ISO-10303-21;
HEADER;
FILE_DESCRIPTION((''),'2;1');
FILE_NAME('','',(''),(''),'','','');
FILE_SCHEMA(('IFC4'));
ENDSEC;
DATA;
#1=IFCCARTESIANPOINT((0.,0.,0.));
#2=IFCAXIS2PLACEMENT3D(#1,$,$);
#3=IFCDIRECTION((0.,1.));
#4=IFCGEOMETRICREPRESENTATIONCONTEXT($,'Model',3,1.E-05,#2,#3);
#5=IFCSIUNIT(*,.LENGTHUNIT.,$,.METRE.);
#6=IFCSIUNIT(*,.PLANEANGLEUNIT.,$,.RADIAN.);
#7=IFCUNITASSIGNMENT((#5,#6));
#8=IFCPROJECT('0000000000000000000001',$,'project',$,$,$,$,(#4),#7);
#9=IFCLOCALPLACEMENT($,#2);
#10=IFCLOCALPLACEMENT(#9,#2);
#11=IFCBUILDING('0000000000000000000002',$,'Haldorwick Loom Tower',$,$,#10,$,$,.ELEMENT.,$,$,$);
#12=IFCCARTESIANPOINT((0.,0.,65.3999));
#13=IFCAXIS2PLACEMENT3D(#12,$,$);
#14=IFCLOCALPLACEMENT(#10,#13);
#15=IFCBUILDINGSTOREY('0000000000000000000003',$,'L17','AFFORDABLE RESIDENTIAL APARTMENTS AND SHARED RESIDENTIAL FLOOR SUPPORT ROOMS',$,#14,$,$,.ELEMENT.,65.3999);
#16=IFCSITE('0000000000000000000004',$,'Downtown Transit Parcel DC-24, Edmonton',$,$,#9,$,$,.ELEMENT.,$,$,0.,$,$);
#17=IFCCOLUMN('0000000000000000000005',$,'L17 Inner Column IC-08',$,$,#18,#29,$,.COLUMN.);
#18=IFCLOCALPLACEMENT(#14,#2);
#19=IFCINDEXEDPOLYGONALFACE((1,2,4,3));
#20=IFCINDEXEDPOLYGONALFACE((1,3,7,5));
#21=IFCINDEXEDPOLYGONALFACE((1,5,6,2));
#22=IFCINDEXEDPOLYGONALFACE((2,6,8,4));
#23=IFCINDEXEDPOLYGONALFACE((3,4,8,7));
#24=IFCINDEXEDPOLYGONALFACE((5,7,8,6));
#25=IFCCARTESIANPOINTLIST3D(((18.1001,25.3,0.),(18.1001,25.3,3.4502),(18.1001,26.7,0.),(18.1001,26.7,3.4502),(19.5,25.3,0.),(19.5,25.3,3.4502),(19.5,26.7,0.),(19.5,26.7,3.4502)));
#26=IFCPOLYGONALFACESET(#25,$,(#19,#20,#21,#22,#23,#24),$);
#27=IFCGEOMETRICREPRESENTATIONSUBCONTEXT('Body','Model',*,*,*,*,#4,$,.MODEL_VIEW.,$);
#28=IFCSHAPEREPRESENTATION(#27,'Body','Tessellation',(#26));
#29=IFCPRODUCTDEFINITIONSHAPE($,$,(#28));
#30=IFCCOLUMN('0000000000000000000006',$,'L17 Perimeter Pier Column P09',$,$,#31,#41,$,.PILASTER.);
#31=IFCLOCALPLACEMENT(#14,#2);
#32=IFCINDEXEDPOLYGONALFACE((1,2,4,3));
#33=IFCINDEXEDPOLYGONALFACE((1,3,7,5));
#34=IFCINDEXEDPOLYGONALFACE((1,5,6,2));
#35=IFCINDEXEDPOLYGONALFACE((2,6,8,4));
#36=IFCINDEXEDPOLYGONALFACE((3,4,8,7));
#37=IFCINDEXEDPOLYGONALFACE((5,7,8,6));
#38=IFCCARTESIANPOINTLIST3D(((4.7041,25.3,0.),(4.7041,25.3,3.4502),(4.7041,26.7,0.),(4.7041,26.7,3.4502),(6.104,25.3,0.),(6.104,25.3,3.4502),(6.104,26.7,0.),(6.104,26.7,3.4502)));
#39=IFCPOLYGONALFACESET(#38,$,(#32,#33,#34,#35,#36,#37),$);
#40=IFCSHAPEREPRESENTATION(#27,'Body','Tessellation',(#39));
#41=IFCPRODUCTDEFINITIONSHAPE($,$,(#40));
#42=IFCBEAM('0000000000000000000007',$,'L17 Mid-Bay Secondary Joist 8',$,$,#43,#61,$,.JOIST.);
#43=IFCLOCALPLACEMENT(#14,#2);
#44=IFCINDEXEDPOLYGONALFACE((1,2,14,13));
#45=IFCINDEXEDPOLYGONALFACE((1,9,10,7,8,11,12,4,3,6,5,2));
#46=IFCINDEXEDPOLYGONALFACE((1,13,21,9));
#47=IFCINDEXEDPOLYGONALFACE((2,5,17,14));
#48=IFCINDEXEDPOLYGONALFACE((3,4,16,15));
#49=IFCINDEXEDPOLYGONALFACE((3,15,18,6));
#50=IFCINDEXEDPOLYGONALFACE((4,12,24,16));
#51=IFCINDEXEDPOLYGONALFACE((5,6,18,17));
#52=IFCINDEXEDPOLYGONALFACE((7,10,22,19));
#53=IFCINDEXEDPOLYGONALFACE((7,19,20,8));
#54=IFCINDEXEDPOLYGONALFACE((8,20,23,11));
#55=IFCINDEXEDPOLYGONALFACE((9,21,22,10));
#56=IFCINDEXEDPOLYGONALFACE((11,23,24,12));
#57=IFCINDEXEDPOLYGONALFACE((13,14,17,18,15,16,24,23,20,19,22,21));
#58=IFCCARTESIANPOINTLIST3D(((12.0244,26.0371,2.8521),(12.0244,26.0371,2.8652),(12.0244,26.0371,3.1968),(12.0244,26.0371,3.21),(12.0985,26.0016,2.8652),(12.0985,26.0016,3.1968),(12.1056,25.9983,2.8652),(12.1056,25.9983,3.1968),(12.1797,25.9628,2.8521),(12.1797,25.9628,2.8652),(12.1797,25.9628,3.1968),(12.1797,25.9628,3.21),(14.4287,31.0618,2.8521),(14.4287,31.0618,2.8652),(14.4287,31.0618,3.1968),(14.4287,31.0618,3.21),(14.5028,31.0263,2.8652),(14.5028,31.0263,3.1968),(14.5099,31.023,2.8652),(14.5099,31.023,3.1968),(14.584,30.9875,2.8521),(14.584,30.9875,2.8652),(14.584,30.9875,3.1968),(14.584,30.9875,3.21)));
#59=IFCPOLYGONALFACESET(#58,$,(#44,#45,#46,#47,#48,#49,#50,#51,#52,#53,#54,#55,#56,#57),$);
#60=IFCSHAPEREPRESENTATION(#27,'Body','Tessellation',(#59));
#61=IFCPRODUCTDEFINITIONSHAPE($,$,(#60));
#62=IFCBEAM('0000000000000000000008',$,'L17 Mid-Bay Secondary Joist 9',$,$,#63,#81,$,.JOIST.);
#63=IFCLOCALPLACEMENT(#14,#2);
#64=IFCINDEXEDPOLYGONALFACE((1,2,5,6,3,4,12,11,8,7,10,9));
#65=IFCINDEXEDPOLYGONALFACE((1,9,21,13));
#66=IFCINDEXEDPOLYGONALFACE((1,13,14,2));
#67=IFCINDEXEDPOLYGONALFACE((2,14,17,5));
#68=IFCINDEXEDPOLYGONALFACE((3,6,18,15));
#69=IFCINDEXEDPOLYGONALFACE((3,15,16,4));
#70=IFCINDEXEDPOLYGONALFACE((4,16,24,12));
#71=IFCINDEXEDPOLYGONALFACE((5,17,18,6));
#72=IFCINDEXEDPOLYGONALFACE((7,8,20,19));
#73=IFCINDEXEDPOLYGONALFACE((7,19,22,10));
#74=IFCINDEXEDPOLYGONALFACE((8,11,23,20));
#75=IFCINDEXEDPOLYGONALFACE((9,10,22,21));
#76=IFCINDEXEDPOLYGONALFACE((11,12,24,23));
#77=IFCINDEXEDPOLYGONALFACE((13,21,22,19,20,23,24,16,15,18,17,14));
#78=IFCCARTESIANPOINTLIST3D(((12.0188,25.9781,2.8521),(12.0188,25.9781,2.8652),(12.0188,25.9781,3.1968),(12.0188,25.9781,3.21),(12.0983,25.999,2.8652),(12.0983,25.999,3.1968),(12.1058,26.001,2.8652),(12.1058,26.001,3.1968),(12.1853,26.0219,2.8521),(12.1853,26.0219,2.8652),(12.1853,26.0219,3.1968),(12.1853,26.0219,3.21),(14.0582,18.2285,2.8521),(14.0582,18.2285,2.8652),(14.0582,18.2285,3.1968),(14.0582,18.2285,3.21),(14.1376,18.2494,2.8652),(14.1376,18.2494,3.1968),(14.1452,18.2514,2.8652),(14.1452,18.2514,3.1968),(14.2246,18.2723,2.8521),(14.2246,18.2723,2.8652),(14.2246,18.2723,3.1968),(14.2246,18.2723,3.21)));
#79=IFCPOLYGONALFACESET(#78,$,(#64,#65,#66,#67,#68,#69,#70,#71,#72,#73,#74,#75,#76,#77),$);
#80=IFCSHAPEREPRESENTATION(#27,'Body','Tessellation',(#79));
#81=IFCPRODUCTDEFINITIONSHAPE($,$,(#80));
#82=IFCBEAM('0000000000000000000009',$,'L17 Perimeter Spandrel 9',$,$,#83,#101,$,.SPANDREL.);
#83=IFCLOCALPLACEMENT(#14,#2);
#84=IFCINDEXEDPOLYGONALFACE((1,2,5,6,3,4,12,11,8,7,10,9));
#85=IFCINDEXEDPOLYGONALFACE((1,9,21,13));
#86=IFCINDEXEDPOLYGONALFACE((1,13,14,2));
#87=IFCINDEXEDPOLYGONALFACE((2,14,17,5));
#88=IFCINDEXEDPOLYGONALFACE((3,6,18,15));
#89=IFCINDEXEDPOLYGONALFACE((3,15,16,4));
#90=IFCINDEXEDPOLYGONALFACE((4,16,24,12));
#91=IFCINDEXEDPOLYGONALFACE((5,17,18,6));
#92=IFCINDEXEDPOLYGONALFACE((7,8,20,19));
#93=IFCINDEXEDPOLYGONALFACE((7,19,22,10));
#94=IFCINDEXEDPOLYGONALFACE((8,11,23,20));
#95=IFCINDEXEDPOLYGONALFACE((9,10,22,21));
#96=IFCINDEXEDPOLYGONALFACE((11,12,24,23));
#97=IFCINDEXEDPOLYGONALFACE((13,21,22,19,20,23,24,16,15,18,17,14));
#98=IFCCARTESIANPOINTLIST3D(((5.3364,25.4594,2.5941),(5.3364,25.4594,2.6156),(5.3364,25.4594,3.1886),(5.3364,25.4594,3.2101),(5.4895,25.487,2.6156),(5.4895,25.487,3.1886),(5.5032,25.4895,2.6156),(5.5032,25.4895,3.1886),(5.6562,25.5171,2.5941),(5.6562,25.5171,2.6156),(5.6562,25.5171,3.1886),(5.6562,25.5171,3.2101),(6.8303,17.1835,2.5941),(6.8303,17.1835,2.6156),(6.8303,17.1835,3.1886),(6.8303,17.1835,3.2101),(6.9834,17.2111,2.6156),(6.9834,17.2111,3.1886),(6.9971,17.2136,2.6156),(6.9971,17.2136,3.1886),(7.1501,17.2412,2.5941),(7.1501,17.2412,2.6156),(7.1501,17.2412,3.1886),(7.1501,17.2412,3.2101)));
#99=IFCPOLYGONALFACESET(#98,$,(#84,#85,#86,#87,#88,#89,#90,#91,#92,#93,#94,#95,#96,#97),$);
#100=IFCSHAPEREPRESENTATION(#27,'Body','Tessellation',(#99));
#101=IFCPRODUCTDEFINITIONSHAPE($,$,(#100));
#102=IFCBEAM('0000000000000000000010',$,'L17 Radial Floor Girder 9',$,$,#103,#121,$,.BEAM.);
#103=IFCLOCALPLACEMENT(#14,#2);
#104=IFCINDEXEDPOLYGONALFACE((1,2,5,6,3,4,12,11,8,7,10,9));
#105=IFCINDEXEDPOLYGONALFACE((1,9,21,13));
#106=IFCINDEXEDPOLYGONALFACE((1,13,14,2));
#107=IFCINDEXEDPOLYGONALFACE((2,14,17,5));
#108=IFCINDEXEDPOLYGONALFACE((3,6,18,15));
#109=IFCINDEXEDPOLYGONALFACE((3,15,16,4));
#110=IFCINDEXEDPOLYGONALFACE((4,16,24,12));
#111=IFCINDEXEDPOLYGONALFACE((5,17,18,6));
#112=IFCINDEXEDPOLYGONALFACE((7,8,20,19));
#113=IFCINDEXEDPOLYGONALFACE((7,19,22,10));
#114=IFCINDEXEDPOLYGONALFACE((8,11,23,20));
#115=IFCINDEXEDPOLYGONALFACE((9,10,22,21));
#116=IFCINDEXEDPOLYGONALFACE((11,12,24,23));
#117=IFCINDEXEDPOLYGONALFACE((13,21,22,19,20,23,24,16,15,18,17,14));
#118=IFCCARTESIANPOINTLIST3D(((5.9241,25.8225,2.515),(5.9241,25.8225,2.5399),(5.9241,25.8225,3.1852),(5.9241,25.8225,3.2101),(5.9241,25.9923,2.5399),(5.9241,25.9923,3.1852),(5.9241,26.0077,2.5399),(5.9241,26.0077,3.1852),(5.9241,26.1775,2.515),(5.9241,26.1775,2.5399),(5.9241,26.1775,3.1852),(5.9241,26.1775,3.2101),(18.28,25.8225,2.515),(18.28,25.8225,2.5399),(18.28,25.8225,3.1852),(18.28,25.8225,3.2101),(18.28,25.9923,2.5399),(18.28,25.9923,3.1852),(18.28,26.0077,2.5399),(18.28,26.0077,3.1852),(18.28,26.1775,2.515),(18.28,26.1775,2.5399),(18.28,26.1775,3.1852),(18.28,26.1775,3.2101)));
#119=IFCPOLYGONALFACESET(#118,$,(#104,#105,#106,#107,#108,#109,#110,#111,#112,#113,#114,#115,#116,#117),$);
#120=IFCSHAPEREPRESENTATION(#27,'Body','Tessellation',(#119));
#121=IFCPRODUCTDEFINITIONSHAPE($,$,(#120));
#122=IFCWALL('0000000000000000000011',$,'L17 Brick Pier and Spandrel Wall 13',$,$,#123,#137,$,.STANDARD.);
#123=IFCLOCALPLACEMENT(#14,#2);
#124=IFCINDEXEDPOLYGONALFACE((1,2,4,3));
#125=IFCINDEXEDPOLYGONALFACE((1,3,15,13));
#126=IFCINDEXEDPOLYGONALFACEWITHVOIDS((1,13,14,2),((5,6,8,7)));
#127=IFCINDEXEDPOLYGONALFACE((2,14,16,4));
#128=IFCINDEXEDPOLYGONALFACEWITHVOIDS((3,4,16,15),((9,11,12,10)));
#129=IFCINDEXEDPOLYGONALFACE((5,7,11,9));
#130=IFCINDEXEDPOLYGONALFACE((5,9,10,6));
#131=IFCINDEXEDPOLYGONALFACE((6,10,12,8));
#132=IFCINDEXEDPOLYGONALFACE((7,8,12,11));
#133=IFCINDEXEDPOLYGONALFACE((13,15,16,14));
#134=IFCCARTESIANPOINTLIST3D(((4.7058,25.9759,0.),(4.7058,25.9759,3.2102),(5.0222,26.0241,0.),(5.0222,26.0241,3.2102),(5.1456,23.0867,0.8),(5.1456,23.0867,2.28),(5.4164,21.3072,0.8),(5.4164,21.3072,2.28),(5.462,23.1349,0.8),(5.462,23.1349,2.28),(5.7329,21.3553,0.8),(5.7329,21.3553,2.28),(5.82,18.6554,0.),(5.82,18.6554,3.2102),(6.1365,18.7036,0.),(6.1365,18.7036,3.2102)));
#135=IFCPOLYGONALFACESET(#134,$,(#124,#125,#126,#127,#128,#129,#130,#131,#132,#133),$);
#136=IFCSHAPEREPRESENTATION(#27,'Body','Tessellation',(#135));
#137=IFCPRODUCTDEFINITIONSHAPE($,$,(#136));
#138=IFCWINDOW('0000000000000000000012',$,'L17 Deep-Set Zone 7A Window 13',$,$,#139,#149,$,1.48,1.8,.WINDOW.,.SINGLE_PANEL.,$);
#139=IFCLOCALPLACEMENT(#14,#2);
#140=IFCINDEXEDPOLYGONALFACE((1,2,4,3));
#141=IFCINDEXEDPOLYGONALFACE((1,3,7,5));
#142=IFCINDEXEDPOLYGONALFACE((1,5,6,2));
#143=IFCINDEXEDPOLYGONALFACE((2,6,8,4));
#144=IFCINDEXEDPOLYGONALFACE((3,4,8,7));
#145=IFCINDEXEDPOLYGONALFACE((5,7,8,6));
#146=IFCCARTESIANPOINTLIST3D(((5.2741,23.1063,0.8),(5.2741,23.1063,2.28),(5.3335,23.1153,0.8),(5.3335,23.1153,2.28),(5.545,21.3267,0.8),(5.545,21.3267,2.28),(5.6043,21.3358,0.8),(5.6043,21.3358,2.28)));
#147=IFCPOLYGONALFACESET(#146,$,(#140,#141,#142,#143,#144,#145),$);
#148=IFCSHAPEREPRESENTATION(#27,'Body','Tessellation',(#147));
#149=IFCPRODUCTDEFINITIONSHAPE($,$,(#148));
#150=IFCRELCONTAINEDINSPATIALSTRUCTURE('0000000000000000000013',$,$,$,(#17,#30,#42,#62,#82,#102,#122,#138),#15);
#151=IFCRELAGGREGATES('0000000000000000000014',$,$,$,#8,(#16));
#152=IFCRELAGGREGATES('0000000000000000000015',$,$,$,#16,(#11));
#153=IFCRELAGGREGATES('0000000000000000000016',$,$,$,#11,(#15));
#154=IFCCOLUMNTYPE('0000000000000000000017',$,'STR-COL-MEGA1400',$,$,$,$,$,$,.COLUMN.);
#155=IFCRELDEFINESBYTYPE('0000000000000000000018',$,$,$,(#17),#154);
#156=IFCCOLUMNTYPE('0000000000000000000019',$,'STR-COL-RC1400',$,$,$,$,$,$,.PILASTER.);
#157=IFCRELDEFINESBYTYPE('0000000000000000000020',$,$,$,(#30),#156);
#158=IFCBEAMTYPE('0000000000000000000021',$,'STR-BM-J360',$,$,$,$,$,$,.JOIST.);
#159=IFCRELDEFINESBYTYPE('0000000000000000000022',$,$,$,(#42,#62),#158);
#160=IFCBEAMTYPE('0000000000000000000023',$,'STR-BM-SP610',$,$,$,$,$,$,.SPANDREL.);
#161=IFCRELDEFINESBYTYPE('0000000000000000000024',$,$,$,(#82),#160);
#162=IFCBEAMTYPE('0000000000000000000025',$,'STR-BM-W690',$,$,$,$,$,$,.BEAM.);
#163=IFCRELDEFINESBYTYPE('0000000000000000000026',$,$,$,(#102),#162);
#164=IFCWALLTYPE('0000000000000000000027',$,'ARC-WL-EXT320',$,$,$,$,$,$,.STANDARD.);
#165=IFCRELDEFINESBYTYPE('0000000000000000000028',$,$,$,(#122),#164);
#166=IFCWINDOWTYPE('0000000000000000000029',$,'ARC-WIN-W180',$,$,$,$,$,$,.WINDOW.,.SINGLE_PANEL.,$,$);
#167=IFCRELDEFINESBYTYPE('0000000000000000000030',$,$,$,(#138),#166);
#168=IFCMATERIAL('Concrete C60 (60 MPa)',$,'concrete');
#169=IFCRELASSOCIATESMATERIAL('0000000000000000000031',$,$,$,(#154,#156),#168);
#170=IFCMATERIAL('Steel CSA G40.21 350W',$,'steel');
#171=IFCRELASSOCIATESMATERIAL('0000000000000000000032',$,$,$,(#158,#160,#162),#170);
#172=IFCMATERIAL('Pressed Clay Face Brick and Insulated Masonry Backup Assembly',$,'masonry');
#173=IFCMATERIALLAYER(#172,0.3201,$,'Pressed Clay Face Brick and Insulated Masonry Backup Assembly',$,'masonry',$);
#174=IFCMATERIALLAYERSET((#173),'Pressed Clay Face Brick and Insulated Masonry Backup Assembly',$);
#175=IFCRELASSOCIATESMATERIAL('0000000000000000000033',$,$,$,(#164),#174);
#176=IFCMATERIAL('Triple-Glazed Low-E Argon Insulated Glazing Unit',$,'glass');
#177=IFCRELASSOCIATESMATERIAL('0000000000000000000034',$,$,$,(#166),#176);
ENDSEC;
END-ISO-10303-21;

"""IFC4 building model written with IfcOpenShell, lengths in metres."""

from ifc_helpers import new_model, si_unit, direction, frame, frame_2d, origin, origin_2d, place, context, subcontext, project, spatial, rectangle, i_section, extrude, material, layer, layer_set, material_profile, profile_set, type_object, element, fill, save


model = new_model("IFC4")

# Units and contexts
model_context = context("Model", 3, precision=1e-05, world=origin(), true_north=direction((0.0, 1.0)))
body_context = subcontext(model_context, "Body", "Model", "MODEL_VIEW")
ifc_project = project(units=[si_unit("LENGTHUNIT", "METRE"), si_unit("PLANEANGLEUNIT", "RADIAN")], contexts=[model_context])

# Site, building, storey
site_placement = place(None, origin())
site = spatial("IfcSite", under=ifc_project, at=site_placement, Name="Downtown Transit Parcel DC-24, Edmonton", CompositionType="ELEMENT", RefElevation=0.0)
building_placement = place(site_placement, origin())
building = spatial("IfcBuilding", under=site, at=building_placement, Name="Haldorwick Loom Tower", CompositionType="ELEMENT")
storey_placement = place(building_placement, frame((0.0, 0.0, 65.3999)))
storey = spatial("IfcBuildingStorey", under=building, at=storey_placement, Name="L17", Description="AFFORDABLE RESIDENTIAL APARTMENTS AND SHARED RESIDENTIAL FLOOR SUPPORT ROOMS", CompositionType="ELEMENT", Elevation=65.3999)

# Columns
ifc_material_1 = material(Name="Concrete C60 (60 MPa)", Category="concrete")
ifc_material_profile_1 = material_profile(ifc_material_1, rectangle(XDim=1.3999, YDim=1.3999, at=origin_2d()), Name="RC1400X1400", Category="concrete")
ifc_profile_set_1 = profile_set([ifc_material_profile_1], Name="Concrete C60 (60 MPa)")
column_type_1 = type_object("IfcColumnType", Name="STR-COL-MEGA1400", PredefinedType="COLUMN", material=ifc_profile_set_1)
column_1_placement = place(storey_placement, frame((18.8, 26.0, 0.0), z_axis=(0.0, 0.0, 1.0), x_axis=(1.0, 0.0, 0.0)))
element("IfcColumn", 1, at=column_1_placement, inside=storey, type_object=column_type_1, Name="L17 Inner Column IC-08", PredefinedType="COLUMN", context=body_context, shape_type="SweptSolid", body=[
    extrude(rectangle(XDim=1.3999, YDim=1.3999, at=origin_2d()), origin(), (0.0, 0.0, 1.0), 3.4502),
])
ifc_material_profile_2 = material_profile(ifc_material_1, rectangle(XDim=1.3999, YDim=1.3999, at=origin_2d()), Name="RC1400X1400", Category="concrete")
ifc_profile_set_2 = profile_set([ifc_material_profile_2], Name="Concrete C60 (60 MPa)")
column_type_2 = type_object("IfcColumnType", Name="STR-COL-RC1400", PredefinedType="PILASTER", material=ifc_profile_set_2)
column_2_placement = place(storey_placement, frame((5.4041, 26.0, 0.0), z_axis=(0.0, 0.0, 1.0), x_axis=(-1.0, 0.0, 0.0)))
element("IfcColumn", 2, at=column_2_placement, inside=storey, type_object=column_type_2, Name="L17 Perimeter Pier Column P09", PredefinedType="PILASTER", context=body_context, shape_type="SweptSolid", body=[
    extrude(rectangle(XDim=1.3999, YDim=1.3999, at=origin_2d()), origin(), (0.0, 0.0, 1.0), 3.4502),
])

# Beams
ifc_material_2 = material(Name="Steel CSA G40.21 350W", Category="steel")
ifc_material_profile_3 = material_profile(ifc_material_2, i_section(OverallWidth=0.1721, OverallDepth=0.3579, WebThickness=0.0078, FlangeThickness=0.0132, at=origin_2d()), Name="W360X57", Category="steel")
ifc_profile_set_3 = profile_set([ifc_material_profile_3], Name="Steel CSA G40.21 350W")
beam_type_1 = type_object("IfcBeamType", Name="STR-BM-J360", PredefinedType="JOIST", material=ifc_profile_set_3)
beam_1_placement = place(storey_placement, frame((14.5063, 31.0247, 3.031), z_axis=(-0.431631, -0.90205, 0.0), x_axis=(0.90205, -0.431631, 0.0)))
element("IfcBeam", 3, at=beam_1_placement, inside=storey, type_object=beam_type_1, Name="L17 Mid-Bay Secondary Joist 8", PredefinedType="JOIST", context=body_context, shape_type="SweptSolid", body=[
    extrude(i_section(OverallWidth=0.1721, OverallDepth=0.3579, WebThickness=0.0078, FlangeThickness=0.0132, at=origin_2d()), origin(), (0.0, 0.0, 1.0), 5.5703),
])
beam_2_placement = place(storey_placement, frame((12.1021, 26.0, 3.031), z_axis=(0.254489, -0.967076, 0.0), x_axis=(0.967076, 0.254489, 0.0)))
element("IfcBeam", 4, at=beam_2_placement, inside=storey, type_object=beam_type_1, Name="L17 Mid-Bay Secondary Joist 9", PredefinedType="JOIST", context=body_context, shape_type="SweptSolid", body=[
    extrude(i_section(OverallWidth=0.1721, OverallDepth=0.3579, WebThickness=0.0078, FlangeThickness=0.0132, at=origin_2d()), origin(), (0.0, 0.0, 1.0), 8.0134),
])
ifc_material_profile_4 = material_profile(ifc_material_2, i_section(OverallWidth=0.325, OverallDepth=0.616, WebThickness=0.0139, FlangeThickness=0.0215, at=origin_2d()), Name="W610X174", Category="steel")
ifc_profile_set_4 = profile_set([ifc_material_profile_4], Name="Steel CSA G40.21 350W")
beam_type_2 = type_object("IfcBeamType", Name="STR-BM-SP610", PredefinedType="SPANDREL", material=ifc_profile_set_4)
beam_3_placement = place(storey_placement, frame((5.4963, 25.4883, 2.9021), z_axis=(0.177641, -0.984095, 0.0), x_axis=(0.984095, 0.177641, 0.0)))
element("IfcBeam", 5, at=beam_3_placement, inside=storey, type_object=beam_type_2, Name="L17 Perimeter Spandrel 9", PredefinedType="SPANDREL", context=body_context, shape_type="SweptSolid", body=[
    extrude(i_section(OverallWidth=0.325, OverallDepth=0.616, WebThickness=0.0139, FlangeThickness=0.0215, at=origin_2d()), origin(), (0.0, 0.0, 1.0), 8.4097),
])
ifc_material_profile_5 = material_profile(ifc_material_2, i_section(OverallWidth=0.355, OverallDepth=0.6951, WebThickness=0.0154, FlangeThickness=0.0249, at=origin_2d()), Name="W690X217", Category="steel")
ifc_profile_set_5 = profile_set([ifc_material_profile_5], Name="Steel CSA G40.21 350W")
beam_type_3 = type_object("IfcBeamType", Name="STR-BM-W690", PredefinedType="BEAM", material=ifc_profile_set_5)
beam_4_placement = place(storey_placement, frame((18.28, 26.0, 2.8625), z_axis=(-1.0, 0.0, 0.0), x_axis=(0.0, -1.0, 0.0)))
element("IfcBeam", 6, at=beam_4_placement, inside=storey, type_object=beam_type_3, Name="L17 Radial Floor Girder 9", PredefinedType="BEAM", context=body_context, shape_type="SweptSolid", body=[
    extrude(i_section(OverallWidth=0.355, OverallDepth=0.6951, WebThickness=0.0154, FlangeThickness=0.0249, at=origin_2d()), origin(), (0.0, 0.0, 1.0), 12.356),
])

# Wall, opening, window
ifc_material_3 = material(Name="Pressed Clay Face Brick and Insulated Masonry Backup Assembly", Category="masonry")
ifc_layer_1 = layer(ifc_material_3, 0.3201, Name="Pressed Clay Face Brick and Insulated Masonry Backup Assembly", Category="masonry")
ifc_layer_set_1 = layer_set([ifc_layer_1], Name="Pressed Clay Face Brick and Insulated Masonry Backup Assembly")
wall_type_1 = type_object("IfcWallType", Name="ARC-WL-EXT320", PredefinedType="STANDARD", material=ifc_layer_set_1)
wall_1_placement = place(storey_placement, frame((4.864, 26.0, 0.0), z_axis=(0.0, 0.0, 1.0), x_axis=(0.150476, -0.988614, 0.0)))
wall_1 = element("IfcWall", 7, at=wall_1_placement, inside=storey, type_object=wall_type_1, Name="L17 Brick Pier and Spandrel Wall 13", PredefinedType="STANDARD", context=body_context, shape_type="SweptSolid", body=[
    extrude(rectangle(XDim=7.4048, YDim=0.3201, at=frame_2d((3.7024, 0.0))), origin(), (0.0, 0.0, 1.0), 3.2102),
])
opening_1_placement = place(wall_1_placement, frame((2.9226, 0.0, 0.8)))
opening_1 = element("IfcOpeningElement", 8, at=opening_1_placement, cuts=wall_1, PredefinedType="OPENING", context=body_context, shape_type="SweptSolid", body=[
    extrude(rectangle(XDim=1.8, YDim=1.48, at=frame_2d((0.8999, 0.74))), frame((0.0, 0.1699, 0.0), z_axis=(0.0, -1.0, 0.0), x_axis=(1.0, 0.0, 0.0)), (0.0, 0.0, 1.0), 0.3401),
])
ifc_material_4 = material(Name="Triple-Glazed Low-E Argon Insulated Glazing Unit", Category="glass")
window_type = type_object("IfcWindowType", Name="ARC-WIN-W180", PartitioningType="SINGLE_PANEL", PredefinedType="WINDOW", material=ifc_material_4)
window_placement = place(opening_1_placement, origin())
window = element("IfcWindow", 9, at=window_placement, inside=storey, type_object=window_type, Name="L17 Deep-Set Zone 7A Window 13", OverallHeight=1.48, OverallWidth=1.8, PartitioningType="SINGLE_PANEL", PredefinedType="WINDOW", context=body_context, shape_type="SweptSolid", body=[
    extrude(rectangle(XDim=1.8, YDim=1.48, at=frame_2d((0.8999, 0.74))), frame((0.0, 0.03, 0.0), z_axis=(0.0, -1.0, 0.0), x_axis=(1.0, 0.0, 0.0)), (0.0, 0.0, 1.0), 0.0601),
])
fill(opening_1, window)

save(model, "model.ifc")
